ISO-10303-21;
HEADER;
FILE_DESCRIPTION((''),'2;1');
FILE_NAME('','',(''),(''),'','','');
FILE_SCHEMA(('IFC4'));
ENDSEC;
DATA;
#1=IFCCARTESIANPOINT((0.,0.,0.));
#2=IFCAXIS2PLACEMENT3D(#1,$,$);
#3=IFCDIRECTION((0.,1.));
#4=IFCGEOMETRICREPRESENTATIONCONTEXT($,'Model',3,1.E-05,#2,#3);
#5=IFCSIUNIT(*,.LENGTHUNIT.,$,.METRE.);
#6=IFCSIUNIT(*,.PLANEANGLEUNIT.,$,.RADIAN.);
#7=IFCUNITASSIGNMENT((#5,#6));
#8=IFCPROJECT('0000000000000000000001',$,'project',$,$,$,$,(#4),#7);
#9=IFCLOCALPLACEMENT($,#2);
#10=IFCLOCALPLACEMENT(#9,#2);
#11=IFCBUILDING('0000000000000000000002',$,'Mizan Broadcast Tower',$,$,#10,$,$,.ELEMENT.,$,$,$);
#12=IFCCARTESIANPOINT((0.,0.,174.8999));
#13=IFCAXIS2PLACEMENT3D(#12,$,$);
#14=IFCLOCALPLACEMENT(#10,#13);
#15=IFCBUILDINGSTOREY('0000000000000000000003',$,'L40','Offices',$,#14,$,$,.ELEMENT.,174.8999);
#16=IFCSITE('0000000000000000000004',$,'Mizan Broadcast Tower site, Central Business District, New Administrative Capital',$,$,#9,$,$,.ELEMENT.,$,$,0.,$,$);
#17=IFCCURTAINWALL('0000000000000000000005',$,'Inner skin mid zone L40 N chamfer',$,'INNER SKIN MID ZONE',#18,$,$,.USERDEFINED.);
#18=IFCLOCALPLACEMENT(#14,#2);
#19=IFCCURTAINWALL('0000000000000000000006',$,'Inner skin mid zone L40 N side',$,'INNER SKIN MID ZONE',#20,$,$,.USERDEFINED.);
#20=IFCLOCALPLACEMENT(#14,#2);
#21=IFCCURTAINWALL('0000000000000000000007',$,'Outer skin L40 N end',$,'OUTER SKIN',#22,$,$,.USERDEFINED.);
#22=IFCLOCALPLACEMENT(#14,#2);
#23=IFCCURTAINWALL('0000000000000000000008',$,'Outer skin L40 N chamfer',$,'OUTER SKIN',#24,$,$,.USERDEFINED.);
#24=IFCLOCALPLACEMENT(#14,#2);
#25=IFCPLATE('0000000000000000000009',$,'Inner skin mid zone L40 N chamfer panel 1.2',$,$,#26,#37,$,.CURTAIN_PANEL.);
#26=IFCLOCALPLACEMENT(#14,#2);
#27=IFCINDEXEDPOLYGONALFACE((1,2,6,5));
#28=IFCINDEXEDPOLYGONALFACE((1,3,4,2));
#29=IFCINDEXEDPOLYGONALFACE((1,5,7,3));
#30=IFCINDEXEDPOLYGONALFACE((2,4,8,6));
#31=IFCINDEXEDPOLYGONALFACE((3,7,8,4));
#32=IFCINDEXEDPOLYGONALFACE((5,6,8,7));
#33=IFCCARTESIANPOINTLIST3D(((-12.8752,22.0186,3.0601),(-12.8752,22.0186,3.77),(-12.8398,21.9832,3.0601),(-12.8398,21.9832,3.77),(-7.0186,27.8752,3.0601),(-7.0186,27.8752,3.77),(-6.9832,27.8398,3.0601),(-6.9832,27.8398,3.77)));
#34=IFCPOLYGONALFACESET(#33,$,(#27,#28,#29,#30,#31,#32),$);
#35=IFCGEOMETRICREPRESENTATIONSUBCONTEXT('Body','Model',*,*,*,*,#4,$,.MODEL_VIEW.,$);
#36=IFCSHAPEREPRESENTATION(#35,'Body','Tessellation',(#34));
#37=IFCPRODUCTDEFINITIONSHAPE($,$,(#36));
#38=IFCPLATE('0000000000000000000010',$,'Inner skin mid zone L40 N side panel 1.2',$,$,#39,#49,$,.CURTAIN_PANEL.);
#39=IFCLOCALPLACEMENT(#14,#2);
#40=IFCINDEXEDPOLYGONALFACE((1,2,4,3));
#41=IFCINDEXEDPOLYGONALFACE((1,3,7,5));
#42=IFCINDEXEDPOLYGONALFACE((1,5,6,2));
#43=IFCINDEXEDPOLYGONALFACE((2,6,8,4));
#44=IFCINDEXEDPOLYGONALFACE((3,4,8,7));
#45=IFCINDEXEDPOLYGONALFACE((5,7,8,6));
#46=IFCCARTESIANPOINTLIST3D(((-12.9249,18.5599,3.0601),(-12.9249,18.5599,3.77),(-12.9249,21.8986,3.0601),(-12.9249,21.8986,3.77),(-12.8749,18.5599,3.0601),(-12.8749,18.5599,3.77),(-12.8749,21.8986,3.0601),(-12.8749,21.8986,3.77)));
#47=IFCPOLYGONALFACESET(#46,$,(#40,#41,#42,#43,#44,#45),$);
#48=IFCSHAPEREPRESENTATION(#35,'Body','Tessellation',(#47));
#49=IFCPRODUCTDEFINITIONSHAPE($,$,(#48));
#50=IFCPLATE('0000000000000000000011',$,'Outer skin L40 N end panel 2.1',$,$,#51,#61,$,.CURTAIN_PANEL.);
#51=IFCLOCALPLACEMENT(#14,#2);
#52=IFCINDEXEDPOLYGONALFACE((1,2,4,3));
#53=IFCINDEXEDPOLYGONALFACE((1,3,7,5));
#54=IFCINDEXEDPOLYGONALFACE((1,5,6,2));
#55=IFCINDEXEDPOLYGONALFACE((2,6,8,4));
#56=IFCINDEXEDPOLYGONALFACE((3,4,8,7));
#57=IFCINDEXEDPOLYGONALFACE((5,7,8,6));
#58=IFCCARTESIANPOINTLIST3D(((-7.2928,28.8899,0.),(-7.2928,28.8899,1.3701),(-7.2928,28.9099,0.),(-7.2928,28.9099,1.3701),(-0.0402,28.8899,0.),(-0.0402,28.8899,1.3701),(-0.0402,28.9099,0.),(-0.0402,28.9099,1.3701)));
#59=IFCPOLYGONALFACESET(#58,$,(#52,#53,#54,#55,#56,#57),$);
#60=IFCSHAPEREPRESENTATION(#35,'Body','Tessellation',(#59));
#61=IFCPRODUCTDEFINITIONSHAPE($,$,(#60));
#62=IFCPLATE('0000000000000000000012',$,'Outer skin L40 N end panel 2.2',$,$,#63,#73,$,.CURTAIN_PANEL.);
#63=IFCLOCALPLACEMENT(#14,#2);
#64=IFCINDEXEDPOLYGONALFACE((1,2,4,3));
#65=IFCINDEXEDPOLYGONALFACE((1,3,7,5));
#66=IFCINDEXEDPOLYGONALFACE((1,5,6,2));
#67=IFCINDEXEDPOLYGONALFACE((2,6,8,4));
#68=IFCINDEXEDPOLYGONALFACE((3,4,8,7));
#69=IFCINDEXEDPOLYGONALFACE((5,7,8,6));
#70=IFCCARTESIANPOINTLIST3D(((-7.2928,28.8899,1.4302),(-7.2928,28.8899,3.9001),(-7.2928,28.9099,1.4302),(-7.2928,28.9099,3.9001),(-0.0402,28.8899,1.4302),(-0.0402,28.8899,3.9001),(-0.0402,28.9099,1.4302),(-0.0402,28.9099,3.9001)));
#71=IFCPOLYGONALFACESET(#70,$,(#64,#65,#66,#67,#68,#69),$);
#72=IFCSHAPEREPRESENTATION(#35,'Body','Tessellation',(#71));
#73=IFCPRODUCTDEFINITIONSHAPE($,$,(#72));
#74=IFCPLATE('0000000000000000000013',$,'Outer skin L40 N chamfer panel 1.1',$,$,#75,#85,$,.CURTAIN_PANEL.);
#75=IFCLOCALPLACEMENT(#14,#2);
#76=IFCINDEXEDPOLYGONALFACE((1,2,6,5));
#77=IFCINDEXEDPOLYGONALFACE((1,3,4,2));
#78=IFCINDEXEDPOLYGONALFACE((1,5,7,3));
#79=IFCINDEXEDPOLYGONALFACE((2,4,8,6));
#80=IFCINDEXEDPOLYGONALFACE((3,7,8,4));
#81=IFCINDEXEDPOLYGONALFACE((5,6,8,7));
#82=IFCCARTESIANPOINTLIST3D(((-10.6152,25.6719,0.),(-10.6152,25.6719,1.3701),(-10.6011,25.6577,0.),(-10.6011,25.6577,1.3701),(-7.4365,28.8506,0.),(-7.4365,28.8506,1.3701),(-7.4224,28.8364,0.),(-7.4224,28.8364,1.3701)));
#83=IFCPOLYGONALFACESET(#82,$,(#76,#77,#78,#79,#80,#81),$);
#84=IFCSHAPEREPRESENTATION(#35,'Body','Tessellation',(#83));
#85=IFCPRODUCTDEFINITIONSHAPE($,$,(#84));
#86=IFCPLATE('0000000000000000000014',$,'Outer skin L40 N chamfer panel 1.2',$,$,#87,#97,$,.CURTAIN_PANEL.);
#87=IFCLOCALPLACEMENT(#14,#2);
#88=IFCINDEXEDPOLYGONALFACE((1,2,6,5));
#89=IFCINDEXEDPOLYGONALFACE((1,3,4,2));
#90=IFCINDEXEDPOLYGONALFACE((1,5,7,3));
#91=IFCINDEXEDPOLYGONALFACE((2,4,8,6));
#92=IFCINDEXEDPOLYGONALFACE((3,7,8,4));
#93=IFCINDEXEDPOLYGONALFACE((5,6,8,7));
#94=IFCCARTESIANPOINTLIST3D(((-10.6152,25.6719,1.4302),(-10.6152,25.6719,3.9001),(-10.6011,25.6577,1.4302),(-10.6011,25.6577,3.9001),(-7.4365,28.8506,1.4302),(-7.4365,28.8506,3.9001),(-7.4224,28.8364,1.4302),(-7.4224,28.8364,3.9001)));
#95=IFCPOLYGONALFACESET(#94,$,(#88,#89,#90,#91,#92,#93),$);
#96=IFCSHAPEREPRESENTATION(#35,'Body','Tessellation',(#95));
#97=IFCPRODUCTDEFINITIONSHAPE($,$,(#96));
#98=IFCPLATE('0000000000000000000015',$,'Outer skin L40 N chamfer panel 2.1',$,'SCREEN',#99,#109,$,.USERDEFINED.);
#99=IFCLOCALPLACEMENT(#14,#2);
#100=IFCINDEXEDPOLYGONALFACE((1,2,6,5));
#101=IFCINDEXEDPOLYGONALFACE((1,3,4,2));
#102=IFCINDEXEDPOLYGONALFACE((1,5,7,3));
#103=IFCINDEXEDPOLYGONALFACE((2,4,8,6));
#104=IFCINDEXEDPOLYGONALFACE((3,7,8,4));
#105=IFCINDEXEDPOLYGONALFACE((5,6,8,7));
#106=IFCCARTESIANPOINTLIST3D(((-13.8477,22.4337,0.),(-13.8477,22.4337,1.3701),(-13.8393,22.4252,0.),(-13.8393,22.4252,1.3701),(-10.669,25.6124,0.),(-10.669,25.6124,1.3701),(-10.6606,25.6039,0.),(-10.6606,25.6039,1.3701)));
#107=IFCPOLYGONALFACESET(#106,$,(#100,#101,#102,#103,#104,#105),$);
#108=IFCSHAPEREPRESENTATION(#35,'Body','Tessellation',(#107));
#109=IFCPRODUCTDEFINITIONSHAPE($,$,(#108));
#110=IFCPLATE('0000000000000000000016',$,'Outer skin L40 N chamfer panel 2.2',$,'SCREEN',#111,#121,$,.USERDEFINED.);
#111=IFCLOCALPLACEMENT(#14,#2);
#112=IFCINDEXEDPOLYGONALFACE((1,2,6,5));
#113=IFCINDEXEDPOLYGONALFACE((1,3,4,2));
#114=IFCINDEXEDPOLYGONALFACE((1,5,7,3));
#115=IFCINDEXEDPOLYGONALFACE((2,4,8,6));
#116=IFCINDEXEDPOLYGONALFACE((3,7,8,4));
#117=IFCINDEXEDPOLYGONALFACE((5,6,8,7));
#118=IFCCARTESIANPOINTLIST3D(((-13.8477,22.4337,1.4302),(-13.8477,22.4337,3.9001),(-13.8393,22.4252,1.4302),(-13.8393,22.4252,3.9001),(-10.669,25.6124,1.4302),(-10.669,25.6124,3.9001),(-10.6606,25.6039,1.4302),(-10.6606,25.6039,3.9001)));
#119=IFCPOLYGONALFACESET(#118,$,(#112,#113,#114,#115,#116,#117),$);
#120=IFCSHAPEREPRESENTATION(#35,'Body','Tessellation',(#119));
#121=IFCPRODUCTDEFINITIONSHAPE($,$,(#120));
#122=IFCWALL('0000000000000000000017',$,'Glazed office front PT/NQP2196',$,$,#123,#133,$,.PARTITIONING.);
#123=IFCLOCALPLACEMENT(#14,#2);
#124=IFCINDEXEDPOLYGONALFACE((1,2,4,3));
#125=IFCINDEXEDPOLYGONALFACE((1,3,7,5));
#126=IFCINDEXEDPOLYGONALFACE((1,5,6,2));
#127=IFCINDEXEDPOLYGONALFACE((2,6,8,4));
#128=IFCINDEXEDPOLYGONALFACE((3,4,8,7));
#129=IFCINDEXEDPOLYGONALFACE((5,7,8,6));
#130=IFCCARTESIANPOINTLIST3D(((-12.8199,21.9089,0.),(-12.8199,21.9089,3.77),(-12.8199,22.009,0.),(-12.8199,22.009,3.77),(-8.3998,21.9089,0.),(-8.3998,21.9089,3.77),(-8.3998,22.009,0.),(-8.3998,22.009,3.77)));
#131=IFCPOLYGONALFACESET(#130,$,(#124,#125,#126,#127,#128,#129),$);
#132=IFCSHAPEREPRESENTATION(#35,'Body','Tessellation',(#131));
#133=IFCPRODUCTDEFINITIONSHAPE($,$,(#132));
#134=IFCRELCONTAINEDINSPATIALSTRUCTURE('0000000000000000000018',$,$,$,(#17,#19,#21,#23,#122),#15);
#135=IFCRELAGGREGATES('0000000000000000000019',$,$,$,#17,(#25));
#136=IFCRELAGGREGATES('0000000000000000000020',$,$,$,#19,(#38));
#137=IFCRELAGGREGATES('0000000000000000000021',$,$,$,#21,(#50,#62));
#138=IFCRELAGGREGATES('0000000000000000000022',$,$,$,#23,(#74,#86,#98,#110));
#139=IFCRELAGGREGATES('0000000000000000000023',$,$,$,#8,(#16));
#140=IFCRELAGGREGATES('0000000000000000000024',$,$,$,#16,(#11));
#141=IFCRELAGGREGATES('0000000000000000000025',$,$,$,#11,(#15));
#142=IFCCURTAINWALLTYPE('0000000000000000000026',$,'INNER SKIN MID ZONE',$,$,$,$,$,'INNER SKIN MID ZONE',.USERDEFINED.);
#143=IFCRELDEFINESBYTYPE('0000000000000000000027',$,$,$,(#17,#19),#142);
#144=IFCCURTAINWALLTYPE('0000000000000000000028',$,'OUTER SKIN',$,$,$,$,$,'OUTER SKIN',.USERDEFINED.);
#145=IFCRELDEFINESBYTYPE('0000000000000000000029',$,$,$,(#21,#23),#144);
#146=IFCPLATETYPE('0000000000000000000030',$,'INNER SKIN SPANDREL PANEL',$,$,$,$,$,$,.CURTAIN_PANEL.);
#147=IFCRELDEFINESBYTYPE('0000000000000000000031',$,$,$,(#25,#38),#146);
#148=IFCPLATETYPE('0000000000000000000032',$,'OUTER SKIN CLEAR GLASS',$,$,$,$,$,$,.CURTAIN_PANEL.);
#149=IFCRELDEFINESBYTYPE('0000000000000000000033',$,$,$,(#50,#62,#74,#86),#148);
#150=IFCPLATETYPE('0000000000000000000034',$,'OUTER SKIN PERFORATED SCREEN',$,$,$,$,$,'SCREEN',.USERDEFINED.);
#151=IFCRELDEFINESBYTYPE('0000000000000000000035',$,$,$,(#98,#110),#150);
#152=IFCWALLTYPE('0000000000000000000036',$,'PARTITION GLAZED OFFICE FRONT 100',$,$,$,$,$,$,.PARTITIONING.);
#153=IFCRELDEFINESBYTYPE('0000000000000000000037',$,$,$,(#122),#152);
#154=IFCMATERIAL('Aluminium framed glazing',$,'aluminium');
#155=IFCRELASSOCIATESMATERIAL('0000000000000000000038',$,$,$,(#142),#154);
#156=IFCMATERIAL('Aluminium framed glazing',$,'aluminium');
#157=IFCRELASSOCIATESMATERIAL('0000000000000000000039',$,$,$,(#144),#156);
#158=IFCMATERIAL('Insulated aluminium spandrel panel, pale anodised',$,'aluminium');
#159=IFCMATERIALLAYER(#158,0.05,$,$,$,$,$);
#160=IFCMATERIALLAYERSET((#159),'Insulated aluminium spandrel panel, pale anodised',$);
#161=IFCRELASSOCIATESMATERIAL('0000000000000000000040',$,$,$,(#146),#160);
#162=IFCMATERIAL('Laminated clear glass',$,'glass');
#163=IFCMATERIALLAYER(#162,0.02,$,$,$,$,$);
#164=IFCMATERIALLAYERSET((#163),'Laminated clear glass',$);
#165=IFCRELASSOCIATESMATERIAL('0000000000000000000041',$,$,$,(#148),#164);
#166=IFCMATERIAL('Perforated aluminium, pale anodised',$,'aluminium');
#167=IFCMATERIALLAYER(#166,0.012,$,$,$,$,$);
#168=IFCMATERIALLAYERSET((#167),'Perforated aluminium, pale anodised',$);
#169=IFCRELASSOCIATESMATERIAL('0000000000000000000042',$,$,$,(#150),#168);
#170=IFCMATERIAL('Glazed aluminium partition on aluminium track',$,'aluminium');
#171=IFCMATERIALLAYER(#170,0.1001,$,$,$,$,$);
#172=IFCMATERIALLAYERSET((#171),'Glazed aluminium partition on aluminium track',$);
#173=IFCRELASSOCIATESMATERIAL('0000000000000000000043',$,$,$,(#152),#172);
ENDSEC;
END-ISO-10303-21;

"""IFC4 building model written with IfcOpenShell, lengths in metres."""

from ifc_helpers import new_model, si_unit, direction, frame, frame_2d, origin, origin_2d, place, context, subcontext, project, spatial, rectangle, extrude, material, layer, layer_set, type_object, element, aggregate, save


model = new_model("IFC4")

# Units and contexts
model_context = context("Model", 3, precision=1e-05, world=origin(), true_north=direction((0.0, 1.0)))
body_context = subcontext(model_context, "Body", "Model", "MODEL_VIEW")
ifc_project = project(units=[si_unit("LENGTHUNIT", "METRE"), si_unit("PLANEANGLEUNIT", "RADIAN")], contexts=[model_context])

# Site, building, storey
site_placement = place(None, origin())
site = spatial("IfcSite", under=ifc_project, at=site_placement, Name="Mizan Broadcast Tower site, Central Business District, New Administrative Capital", CompositionType="ELEMENT", RefElevation=0.0)
building_placement = place(site_placement, origin())
building = spatial("IfcBuilding", under=site, at=building_placement, Name="Mizan Broadcast Tower", CompositionType="ELEMENT")
storey_placement = place(building_placement, frame((0.0, 0.0, 174.8999)))
storey = spatial("IfcBuildingStorey", under=building, at=storey_placement, Name="L40", Description="Offices", CompositionType="ELEMENT", Elevation=174.8999)

# Shared definitions
ifc_material_1 = material(Name="Aluminium framed glazing", Category="aluminium")
curtain_wall_type_1 = type_object("IfcCurtainWallType", Name="INNER SKIN MID ZONE", ElementType="INNER SKIN MID ZONE", PredefinedType="USERDEFINED", material=ifc_material_1)

# Curtain wall
curtain_wall_1_placement = place(storey_placement, origin())
curtain_wall_1 = element("IfcCurtainWall", 1, at=curtain_wall_1_placement, inside=storey, type_object=curtain_wall_type_1, Name="Inner skin mid zone L40 N chamfer", ObjectType="INNER SKIN MID ZONE", PredefinedType="USERDEFINED")

# Curtain walls
curtain_wall_2_placement = place(storey_placement, origin())
curtain_wall_2 = element("IfcCurtainWall", 2, at=curtain_wall_2_placement, inside=storey, type_object=curtain_wall_type_1, Name="Inner skin mid zone L40 N side", ObjectType="INNER SKIN MID ZONE", PredefinedType="USERDEFINED")
ifc_material_2 = material(Name="Aluminium framed glazing", Category="aluminium")
curtain_wall_type_2 = type_object("IfcCurtainWallType", Name="OUTER SKIN", ElementType="OUTER SKIN", PredefinedType="USERDEFINED", material=ifc_material_2)
curtain_wall_3_placement = place(storey_placement, origin())
curtain_wall_3 = element("IfcCurtainWall", 3, at=curtain_wall_3_placement, inside=storey, type_object=curtain_wall_type_2, Name="Outer skin L40 N end", ObjectType="OUTER SKIN", PredefinedType="USERDEFINED")

# Curtain wall
curtain_wall_4_placement = place(storey_placement, origin())
curtain_wall_4 = element("IfcCurtainWall", 4, at=curtain_wall_4_placement, inside=storey, type_object=curtain_wall_type_2, Name="Outer skin L40 N chamfer", ObjectType="OUTER SKIN", PredefinedType="USERDEFINED")

# Plates
ifc_material_3 = material(Name="Insulated aluminium spandrel panel, pale anodised", Category="aluminium")
ifc_layer_1 = layer(ifc_material_3, 0.05)
ifc_layer_set_1 = layer_set([ifc_layer_1], Name="Insulated aluminium spandrel panel, pale anodised")
plate_type_1 = type_object("IfcPlateType", Name="INNER SKIN SPANDREL PANEL", PredefinedType="CURTAIN_PANEL", material=ifc_layer_set_1)
plate_1_placement = place(storey_placement, frame((-9.9292, 24.9292, 3.0601), z_axis=(0.0, 0.0, 1.0), x_axis=(-0.707107, -0.707107, 0.0)))
plate_1 = element("IfcPlate", 5, at=plate_1_placement, type_object=plate_type_1, Name="Inner skin mid zone L40 N chamfer panel 1.2", PredefinedType="CURTAIN_PANEL", context=body_context, shape_type="SweptSolid", body=[
    extrude(rectangle(XDim=8.2825, YDim=0.05, at=origin_2d()), origin(), (0.0, 0.0, 1.0), 0.71),
])
aggregate(curtain_wall_1, [plate_1])
plate_2_placement = place(storey_placement, frame((-12.8999, 20.2292, 3.0601), z_axis=(0.0, 0.0, 1.0), x_axis=(0.0, -1.0, 0.0)))
plate_2 = element("IfcPlate", 6, at=plate_2_placement, type_object=plate_type_1, Name="Inner skin mid zone L40 N side panel 1.2", PredefinedType="CURTAIN_PANEL", context=body_context, shape_type="SweptSolid", body=[
    extrude(rectangle(XDim=3.3386, YDim=0.05, at=origin_2d()), origin(), (0.0, 0.0, 1.0), 0.71),
])
aggregate(curtain_wall_2, [plate_2])
ifc_material_4 = material(Name="Laminated clear glass", Category="glass")
ifc_layer_2 = layer(ifc_material_4, 0.02)
ifc_layer_set_2 = layer_set([ifc_layer_2], Name="Laminated clear glass")
plate_type_2 = type_object("IfcPlateType", Name="OUTER SKIN CLEAR GLASS", PredefinedType="CURTAIN_PANEL", material=ifc_layer_set_2)
plate_3_placement = place(storey_placement, frame((-3.6665, 28.8999, 0.0), z_axis=(0.0, 0.0, 1.0), x_axis=(-1.0, 0.0, 0.0)))
plate_3 = element("IfcPlate", 7, at=plate_3_placement, type_object=plate_type_2, Name="Outer skin L40 N end panel 2.1", PredefinedType="CURTAIN_PANEL", context=body_context, shape_type="SweptSolid", body=[
    extrude(rectangle(XDim=7.2527, YDim=0.02, at=origin_2d()), origin(), (0.0, 0.0, 1.0), 1.3701),
])
plate_4_placement = place(storey_placement, frame((-3.6665, 28.8999, 1.4302), z_axis=(0.0, 0.0, 1.0), x_axis=(-1.0, 0.0, 0.0)))
plate_4 = element("IfcPlate", 8, at=plate_4_placement, type_object=plate_type_2, Name="Outer skin L40 N end panel 2.2", PredefinedType="CURTAIN_PANEL", context=body_context, shape_type="SweptSolid", body=[
    extrude(rectangle(XDim=7.2527, YDim=0.02, at=origin_2d()), origin(), (0.0, 0.0, 1.0), 2.47),
])
aggregate(curtain_wall_3, [plate_3, plate_4])
plate_5_placement = place(storey_placement, frame((-9.0188, 27.2542, 0.0), z_axis=(0.0, 0.0, 1.0), x_axis=(-0.707107, -0.707107, 0.0)))
plate_5 = element("IfcPlate", 9, at=plate_5_placement, type_object=plate_type_2, Name="Outer skin L40 N chamfer panel 1.1", PredefinedType="CURTAIN_PANEL", context=body_context, shape_type="SweptSolid", body=[
    extrude(rectangle(XDim=4.4954, YDim=0.02, at=origin_2d()), origin(), (0.0, 0.0, 1.0), 1.3701),
])
plate_6_placement = place(storey_placement, frame((-9.0188, 27.2542, 1.4302), z_axis=(0.0, 0.0, 1.0), x_axis=(-0.707107, -0.707107, 0.0)))
plate_6 = element("IfcPlate", 10, at=plate_6_placement, type_object=plate_type_2, Name="Outer skin L40 N chamfer panel 1.2", PredefinedType="CURTAIN_PANEL", context=body_context, shape_type="SweptSolid", body=[
    extrude(rectangle(XDim=4.4954, YDim=0.02, at=origin_2d()), origin(), (0.0, 0.0, 1.0), 2.47),
])
ifc_material_5 = material(Name="Perforated aluminium, pale anodised", Category="aluminium")
ifc_layer_3 = layer(ifc_material_5, 0.012)
ifc_layer_set_3 = layer_set([ifc_layer_3], Name="Perforated aluminium, pale anodised")
plate_type_3 = type_object("IfcPlateType", Name="OUTER SKIN PERFORATED SCREEN", ElementType="SCREEN", PredefinedType="USERDEFINED", material=ifc_layer_set_3)
plate_7_placement = place(storey_placement, frame((-12.2542, 24.0188, 0.0), z_axis=(0.0, 0.0, 1.0), x_axis=(-0.707107, -0.707107, 0.0)))
plate_7 = element("IfcPlate", 11, at=plate_7_placement, type_object=plate_type_3, Name="Outer skin L40 N chamfer panel 2.1", ObjectType="SCREEN", PredefinedType="USERDEFINED", context=body_context, shape_type="SweptSolid", body=[
    extrude(rectangle(XDim=4.4954, YDim=0.012, at=origin_2d()), origin(), (0.0, 0.0, 1.0), 1.3701),
])
plate_8_placement = place(storey_placement, frame((-12.2542, 24.0188, 1.4302), z_axis=(0.0, 0.0, 1.0), x_axis=(-0.707107, -0.707107, 0.0)))
plate_8 = element("IfcPlate", 12, at=plate_8_placement, type_object=plate_type_3, Name="Outer skin L40 N chamfer panel 2.2", ObjectType="SCREEN", PredefinedType="USERDEFINED", context=body_context, shape_type="SweptSolid", body=[
    extrude(rectangle(XDim=4.4954, YDim=0.012, at=origin_2d()), origin(), (0.0, 0.0, 1.0), 2.47),
])
aggregate(curtain_wall_4, [plate_5, plate_6, plate_7, plate_8])

# Wall
ifc_material_6 = material(Name="Glazed aluminium partition on aluminium track", Category="aluminium")
ifc_layer_4 = layer(ifc_material_6, 0.1001)
ifc_layer_set_4 = layer_set([ifc_layer_4], Name="Glazed aluminium partition on aluminium track")
wall_type = type_object("IfcWallType", Name="PARTITION GLAZED OFFICE FRONT 100", PredefinedType="PARTITIONING", material=ifc_layer_set_4)
wall_placement = place(storey_placement, frame((-8.3999, 21.959, 0.0), z_axis=(0.0, 0.0, 1.0), x_axis=(-1.0, 0.0, 0.0)))
element("IfcWall", 13, at=wall_placement, inside=storey, type_object=wall_type, Name="Glazed office front PT/NQP2196", PredefinedType="PARTITIONING", context=body_context, shape_type="SweptSolid", body=[
    extrude(rectangle(XDim=4.4202, YDim=0.1001, at=frame_2d((2.21, 0.0))), origin(), (0.0, 0.0, 1.0), 3.77),
])

save(model, "model.ifc")
